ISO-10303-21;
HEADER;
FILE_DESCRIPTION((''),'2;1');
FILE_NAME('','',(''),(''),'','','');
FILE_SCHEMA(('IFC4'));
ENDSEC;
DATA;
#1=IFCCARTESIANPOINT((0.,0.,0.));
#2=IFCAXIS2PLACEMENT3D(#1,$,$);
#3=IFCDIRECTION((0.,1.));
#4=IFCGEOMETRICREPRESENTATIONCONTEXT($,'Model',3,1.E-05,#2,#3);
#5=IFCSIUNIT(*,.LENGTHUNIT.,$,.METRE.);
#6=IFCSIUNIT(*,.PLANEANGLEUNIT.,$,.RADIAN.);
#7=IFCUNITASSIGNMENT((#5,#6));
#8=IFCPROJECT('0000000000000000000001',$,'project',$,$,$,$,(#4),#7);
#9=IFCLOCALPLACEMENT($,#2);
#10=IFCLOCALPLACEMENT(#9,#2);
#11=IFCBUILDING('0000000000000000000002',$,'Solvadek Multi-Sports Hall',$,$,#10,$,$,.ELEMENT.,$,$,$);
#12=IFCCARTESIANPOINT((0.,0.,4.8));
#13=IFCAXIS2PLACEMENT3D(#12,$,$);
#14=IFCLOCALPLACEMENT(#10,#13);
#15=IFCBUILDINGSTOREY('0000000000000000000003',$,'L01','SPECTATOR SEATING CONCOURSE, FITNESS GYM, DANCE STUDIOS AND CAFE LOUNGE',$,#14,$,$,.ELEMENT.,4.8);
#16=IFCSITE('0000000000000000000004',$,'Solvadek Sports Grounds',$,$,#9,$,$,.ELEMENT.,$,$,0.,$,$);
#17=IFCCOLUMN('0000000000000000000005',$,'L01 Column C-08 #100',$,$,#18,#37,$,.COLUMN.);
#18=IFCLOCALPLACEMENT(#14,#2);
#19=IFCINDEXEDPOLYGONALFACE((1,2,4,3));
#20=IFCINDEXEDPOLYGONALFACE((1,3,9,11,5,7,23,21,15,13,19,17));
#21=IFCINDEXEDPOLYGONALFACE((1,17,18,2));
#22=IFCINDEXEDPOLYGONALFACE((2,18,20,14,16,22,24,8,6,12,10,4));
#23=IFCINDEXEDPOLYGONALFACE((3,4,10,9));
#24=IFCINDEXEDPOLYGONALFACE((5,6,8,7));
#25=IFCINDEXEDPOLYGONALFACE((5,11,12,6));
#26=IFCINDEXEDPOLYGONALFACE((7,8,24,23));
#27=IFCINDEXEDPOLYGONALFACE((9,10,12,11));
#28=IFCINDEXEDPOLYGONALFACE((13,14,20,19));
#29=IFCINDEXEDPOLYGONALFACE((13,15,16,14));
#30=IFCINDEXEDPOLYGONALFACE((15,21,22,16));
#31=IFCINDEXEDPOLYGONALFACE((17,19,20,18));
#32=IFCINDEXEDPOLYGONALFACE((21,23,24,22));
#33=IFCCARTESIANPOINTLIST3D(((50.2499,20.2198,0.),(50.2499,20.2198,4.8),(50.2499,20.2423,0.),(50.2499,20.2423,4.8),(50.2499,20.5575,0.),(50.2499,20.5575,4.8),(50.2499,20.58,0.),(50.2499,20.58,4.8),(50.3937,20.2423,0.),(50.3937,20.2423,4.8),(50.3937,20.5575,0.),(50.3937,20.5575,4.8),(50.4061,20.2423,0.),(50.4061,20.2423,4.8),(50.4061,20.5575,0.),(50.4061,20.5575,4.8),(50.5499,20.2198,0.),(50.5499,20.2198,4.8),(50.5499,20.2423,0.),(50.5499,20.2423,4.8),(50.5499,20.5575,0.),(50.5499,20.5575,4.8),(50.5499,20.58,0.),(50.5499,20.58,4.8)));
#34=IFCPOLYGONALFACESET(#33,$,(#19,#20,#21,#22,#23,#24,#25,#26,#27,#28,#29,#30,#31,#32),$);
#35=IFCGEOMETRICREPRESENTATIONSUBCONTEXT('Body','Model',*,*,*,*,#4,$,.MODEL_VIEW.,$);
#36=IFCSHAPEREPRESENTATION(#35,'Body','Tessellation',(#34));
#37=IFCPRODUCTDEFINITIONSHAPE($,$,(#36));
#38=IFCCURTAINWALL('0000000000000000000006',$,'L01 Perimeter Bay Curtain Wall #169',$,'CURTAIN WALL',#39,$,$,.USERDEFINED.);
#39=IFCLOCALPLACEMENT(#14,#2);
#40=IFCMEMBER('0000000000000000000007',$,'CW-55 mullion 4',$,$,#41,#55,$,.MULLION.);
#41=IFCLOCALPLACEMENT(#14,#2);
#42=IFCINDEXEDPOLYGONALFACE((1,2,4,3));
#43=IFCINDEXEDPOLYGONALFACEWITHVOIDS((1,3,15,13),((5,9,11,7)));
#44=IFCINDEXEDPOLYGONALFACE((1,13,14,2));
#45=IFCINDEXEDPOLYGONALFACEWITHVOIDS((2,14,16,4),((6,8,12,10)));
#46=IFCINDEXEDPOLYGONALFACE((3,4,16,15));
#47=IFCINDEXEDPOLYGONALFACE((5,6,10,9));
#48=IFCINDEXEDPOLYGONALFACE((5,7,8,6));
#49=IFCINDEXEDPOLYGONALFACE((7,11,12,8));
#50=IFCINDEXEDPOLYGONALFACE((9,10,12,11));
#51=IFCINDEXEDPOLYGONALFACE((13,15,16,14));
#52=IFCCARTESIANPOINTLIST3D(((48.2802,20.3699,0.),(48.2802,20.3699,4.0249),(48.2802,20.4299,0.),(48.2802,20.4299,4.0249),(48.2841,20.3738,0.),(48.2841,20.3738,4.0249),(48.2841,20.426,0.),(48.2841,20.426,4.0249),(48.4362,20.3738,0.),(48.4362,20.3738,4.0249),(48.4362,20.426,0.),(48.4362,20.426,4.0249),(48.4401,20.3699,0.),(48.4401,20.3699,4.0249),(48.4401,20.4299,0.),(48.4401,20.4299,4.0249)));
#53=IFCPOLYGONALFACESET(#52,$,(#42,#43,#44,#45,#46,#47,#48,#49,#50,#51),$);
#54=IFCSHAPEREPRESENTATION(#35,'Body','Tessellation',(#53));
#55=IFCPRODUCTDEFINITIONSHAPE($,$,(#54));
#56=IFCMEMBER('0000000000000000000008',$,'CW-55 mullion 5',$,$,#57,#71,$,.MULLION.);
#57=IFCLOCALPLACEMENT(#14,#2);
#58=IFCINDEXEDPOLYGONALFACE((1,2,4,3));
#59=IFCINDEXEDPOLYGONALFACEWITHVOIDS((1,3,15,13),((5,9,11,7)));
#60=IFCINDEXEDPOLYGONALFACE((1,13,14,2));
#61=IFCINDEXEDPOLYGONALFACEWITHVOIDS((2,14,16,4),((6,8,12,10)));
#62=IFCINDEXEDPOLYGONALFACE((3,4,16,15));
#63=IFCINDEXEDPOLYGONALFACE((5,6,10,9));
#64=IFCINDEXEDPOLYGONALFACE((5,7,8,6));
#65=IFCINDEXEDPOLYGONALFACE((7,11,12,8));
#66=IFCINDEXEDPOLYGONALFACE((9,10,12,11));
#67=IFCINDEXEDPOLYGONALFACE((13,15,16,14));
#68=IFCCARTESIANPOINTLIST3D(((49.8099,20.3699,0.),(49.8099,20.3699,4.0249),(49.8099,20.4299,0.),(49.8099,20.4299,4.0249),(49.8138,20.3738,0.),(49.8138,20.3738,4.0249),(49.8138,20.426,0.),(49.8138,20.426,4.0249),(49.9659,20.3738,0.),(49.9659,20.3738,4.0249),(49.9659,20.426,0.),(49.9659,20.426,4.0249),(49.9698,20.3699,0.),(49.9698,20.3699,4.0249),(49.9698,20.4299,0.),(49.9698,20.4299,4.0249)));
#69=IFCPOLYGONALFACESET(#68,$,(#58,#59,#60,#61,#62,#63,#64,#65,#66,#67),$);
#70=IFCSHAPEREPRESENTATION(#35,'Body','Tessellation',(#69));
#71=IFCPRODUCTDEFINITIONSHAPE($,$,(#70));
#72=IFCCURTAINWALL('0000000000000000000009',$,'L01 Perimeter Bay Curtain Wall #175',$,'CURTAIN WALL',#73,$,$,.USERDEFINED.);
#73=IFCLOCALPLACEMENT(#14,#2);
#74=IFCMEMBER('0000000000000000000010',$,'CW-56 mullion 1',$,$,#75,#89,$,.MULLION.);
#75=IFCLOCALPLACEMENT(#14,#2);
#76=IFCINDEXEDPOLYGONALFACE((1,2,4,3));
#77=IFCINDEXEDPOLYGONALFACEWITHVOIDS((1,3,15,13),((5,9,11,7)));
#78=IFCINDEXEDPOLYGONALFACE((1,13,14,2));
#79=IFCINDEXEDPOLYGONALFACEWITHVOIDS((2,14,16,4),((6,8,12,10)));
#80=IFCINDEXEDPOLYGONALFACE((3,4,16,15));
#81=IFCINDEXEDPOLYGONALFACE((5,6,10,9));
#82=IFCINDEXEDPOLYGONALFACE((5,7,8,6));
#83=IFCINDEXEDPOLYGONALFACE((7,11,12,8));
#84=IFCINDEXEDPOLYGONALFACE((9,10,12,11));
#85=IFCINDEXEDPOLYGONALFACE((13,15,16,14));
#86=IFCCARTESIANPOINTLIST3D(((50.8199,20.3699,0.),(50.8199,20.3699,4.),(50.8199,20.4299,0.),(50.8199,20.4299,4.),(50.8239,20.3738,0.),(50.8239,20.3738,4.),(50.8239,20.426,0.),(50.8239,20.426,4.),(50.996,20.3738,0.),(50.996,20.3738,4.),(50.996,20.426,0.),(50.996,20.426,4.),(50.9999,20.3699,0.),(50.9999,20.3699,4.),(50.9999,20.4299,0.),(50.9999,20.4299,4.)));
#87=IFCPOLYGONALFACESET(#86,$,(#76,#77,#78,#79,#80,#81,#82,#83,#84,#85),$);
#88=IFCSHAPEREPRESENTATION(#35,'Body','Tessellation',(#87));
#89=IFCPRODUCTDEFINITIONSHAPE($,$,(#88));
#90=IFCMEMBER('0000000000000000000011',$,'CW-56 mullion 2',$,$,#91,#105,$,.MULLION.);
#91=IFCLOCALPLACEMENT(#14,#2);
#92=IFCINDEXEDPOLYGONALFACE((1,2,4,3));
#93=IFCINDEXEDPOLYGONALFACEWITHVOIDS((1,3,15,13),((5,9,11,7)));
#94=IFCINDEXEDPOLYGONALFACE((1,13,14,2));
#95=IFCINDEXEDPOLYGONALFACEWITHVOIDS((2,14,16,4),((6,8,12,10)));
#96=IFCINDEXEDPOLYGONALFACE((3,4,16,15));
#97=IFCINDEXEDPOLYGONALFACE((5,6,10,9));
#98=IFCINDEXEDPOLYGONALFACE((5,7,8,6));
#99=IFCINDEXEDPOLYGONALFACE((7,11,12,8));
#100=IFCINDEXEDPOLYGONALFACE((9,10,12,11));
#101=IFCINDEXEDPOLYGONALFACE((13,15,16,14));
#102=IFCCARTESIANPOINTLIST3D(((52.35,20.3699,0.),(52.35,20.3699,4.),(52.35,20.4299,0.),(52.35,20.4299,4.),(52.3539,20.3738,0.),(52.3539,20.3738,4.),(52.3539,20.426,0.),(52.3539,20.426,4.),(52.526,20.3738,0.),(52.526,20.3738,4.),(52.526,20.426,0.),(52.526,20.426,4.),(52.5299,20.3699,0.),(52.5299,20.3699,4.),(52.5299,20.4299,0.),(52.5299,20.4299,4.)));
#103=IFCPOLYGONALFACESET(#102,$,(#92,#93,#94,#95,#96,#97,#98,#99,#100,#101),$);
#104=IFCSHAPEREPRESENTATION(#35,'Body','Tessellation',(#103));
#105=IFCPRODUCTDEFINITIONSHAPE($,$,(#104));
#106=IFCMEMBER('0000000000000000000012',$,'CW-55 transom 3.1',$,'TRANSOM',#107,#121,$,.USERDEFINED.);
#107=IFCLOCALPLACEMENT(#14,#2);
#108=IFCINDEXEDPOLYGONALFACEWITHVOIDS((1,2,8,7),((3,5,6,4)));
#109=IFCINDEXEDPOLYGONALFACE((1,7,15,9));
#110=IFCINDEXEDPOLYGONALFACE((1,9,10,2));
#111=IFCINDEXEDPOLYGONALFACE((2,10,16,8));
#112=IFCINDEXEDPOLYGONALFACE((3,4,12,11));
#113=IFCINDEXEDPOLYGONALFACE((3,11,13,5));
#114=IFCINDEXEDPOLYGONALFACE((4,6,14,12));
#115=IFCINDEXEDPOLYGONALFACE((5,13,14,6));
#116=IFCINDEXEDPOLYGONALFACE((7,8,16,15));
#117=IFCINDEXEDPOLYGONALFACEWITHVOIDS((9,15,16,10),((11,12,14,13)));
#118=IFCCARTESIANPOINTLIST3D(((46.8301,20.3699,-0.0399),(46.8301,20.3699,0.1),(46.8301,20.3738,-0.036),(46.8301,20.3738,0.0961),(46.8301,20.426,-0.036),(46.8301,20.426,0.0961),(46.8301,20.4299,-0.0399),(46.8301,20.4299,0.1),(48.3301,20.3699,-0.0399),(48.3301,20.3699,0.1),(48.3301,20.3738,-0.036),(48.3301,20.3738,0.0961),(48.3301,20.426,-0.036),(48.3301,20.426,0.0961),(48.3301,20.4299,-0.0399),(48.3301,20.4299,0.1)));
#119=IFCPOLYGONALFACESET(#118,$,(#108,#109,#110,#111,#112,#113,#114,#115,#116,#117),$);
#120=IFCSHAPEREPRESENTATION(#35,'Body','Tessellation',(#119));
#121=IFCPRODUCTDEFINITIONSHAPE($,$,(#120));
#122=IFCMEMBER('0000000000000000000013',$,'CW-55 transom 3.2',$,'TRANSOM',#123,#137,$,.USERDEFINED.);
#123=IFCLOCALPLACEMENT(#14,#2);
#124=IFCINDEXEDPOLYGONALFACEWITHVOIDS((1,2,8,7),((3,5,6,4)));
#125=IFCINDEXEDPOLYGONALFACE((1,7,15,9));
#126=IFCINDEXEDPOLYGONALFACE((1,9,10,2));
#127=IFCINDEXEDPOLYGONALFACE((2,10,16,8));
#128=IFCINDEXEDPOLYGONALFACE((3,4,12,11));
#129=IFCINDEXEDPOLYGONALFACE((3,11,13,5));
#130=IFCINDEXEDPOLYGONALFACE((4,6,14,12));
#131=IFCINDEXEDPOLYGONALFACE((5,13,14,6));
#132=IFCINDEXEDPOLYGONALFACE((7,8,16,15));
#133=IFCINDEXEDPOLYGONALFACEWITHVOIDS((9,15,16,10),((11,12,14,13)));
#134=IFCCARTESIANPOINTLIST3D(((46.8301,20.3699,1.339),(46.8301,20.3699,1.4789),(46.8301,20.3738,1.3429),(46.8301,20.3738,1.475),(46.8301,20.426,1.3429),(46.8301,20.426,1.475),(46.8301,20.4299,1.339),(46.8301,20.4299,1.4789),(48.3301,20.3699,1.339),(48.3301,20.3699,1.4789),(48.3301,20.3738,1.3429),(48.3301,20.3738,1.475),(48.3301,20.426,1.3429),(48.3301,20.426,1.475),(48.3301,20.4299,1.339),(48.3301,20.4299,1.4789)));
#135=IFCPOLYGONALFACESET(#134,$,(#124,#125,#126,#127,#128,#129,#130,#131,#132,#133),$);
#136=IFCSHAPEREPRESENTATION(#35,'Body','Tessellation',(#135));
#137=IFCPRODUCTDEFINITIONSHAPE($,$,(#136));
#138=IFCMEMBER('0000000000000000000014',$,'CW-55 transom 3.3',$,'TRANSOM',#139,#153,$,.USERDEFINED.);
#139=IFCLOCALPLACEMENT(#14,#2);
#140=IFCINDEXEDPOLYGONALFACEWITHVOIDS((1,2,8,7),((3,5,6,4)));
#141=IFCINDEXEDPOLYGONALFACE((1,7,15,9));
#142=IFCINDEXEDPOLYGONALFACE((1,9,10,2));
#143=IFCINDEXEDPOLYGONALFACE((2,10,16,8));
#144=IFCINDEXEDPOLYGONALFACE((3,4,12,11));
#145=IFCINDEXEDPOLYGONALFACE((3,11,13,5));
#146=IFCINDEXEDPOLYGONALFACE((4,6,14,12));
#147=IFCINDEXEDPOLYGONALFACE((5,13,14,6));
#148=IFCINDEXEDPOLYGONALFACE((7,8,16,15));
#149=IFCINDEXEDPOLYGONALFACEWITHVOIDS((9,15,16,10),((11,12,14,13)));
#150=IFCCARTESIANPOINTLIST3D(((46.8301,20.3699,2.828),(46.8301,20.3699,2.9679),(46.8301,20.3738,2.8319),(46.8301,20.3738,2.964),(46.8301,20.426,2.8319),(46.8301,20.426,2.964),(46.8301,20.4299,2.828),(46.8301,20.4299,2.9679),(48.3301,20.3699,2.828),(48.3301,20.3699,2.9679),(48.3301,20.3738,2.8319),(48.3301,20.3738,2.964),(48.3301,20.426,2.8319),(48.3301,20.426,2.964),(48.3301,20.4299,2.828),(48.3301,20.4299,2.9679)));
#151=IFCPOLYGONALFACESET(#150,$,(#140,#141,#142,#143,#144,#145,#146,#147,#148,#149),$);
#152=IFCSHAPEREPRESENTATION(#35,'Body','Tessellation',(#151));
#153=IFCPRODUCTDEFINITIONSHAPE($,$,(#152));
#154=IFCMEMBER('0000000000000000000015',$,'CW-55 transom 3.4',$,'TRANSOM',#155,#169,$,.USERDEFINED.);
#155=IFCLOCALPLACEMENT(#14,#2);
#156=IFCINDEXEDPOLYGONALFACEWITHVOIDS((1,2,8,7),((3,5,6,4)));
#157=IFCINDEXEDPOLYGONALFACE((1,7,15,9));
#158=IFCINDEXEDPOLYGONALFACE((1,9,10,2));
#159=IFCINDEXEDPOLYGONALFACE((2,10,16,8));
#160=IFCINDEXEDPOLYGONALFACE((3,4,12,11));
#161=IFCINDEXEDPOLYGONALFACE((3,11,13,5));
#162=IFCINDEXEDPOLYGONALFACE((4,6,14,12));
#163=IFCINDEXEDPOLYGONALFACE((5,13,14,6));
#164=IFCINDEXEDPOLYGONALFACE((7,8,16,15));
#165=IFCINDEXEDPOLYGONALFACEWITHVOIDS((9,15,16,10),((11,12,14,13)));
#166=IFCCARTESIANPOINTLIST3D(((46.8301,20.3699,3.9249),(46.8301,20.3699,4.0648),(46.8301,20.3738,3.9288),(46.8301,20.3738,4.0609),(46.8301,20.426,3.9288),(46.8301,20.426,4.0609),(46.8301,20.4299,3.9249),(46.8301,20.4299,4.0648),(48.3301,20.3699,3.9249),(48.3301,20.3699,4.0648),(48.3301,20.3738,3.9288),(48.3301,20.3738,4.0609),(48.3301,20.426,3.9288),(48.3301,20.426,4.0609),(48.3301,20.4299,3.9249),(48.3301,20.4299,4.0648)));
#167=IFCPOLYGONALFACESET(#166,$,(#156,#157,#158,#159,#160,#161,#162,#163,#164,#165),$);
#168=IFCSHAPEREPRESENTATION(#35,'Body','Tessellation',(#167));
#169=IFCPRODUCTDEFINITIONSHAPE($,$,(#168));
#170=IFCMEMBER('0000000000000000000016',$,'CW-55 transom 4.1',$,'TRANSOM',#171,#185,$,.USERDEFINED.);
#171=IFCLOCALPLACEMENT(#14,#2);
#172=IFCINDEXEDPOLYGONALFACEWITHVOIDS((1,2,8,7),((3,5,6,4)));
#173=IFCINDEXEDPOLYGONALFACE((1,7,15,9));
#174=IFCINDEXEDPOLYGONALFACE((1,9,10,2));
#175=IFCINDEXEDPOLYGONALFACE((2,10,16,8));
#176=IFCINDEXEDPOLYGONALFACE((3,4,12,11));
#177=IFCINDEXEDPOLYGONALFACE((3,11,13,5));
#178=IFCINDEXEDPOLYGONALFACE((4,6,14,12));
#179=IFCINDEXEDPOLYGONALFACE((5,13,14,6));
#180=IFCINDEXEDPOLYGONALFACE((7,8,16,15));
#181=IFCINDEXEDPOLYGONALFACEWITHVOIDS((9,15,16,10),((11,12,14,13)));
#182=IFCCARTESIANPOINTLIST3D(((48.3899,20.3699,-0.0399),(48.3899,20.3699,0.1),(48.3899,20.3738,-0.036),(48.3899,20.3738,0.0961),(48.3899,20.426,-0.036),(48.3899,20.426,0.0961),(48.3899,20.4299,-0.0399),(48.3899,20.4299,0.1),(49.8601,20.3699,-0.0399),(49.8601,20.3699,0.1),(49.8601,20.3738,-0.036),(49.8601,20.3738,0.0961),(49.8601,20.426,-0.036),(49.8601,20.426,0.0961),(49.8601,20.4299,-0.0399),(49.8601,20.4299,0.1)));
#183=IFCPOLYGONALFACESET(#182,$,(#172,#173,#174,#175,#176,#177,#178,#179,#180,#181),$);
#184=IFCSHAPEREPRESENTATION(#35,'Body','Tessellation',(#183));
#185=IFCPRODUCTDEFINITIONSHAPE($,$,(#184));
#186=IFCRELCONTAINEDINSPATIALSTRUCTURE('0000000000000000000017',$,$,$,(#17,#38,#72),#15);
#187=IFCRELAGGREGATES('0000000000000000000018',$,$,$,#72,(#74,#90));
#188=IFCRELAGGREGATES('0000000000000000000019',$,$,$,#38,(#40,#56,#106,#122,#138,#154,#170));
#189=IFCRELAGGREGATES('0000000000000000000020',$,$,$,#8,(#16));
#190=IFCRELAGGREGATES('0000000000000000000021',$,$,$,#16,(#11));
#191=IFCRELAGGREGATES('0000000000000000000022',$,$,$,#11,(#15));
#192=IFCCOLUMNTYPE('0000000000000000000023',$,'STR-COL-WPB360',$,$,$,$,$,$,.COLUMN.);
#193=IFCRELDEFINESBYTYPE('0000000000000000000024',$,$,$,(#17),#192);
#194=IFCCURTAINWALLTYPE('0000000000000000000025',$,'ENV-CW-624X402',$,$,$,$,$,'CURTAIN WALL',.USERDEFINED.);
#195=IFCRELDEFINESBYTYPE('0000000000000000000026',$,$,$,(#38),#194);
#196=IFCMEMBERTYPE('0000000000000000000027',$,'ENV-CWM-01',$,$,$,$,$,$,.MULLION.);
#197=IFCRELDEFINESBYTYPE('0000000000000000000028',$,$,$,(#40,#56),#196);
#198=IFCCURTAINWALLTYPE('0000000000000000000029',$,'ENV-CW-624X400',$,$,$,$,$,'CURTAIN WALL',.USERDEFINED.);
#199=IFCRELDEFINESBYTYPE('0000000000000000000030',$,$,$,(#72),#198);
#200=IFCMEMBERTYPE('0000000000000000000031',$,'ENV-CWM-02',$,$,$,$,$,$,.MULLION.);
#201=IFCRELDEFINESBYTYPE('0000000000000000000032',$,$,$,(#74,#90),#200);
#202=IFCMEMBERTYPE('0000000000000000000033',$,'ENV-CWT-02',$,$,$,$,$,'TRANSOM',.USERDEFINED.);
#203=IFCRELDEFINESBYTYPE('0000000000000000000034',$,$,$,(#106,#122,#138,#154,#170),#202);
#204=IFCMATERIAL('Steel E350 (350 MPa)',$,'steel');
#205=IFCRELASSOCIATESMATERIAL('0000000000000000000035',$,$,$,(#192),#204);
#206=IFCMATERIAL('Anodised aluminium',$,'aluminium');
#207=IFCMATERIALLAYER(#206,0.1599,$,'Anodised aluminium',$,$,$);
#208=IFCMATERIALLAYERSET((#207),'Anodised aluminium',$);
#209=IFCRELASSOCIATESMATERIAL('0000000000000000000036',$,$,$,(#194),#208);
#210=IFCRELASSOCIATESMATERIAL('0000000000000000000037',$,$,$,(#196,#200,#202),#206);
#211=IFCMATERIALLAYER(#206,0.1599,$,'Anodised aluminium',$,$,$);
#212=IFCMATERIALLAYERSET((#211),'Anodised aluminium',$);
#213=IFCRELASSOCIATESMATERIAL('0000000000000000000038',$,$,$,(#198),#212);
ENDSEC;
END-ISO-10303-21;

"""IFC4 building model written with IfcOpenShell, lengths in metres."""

from ifc_helpers import new_model, si_unit, direction, frame, origin, origin_2d, place, context, subcontext, project, spatial, hollow_rectangle, i_section, extrude, material, layer, layer_set, material_profile, profile_set, type_object, element, aggregate, save


model = new_model("IFC4")

# Units and contexts
model_context = context("Model", 3, precision=1e-05, world=origin(), true_north=direction((0.0, 1.0)))
body_context = subcontext(model_context, "Body", "Model", "MODEL_VIEW")
ifc_project = project(units=[si_unit("LENGTHUNIT", "METRE"), si_unit("PLANEANGLEUNIT", "RADIAN")], contexts=[model_context])

# Site, building, storey
site_placement = place(None, origin())
site = spatial("IfcSite", under=ifc_project, at=site_placement, Name="Solvadek Sports Grounds", CompositionType="ELEMENT", RefElevation=0.0)
building_placement = place(site_placement, origin())
building = spatial("IfcBuilding", under=site, at=building_placement, Name="Solvadek Multi-Sports Hall", CompositionType="ELEMENT")
storey_placement = place(building_placement, frame((0.0, 0.0, 4.8)))
storey = spatial("IfcBuildingStorey", under=building, at=storey_placement, Name="L01", Description="SPECTATOR SEATING CONCOURSE, FITNESS GYM, DANCE STUDIOS AND CAFE LOUNGE", CompositionType="ELEMENT", Elevation=4.8)

# Column
ifc_material_1 = material(Name="Steel E350 (350 MPa)", Category="steel")
ifc_material_profile_1 = material_profile(ifc_material_1, i_section(OverallWidth=0.3, OverallDepth=0.3601, WebThickness=0.0125, FlangeThickness=0.0225, at=origin_2d()), Name="WPB 360")
ifc_profile_set_1 = profile_set([ifc_material_profile_1], Name="Steel E350 (350 MPa)")
column_type = type_object("IfcColumnType", Name="STR-COL-WPB360", PredefinedType="COLUMN", material=ifc_profile_set_1)
column_placement = place(storey_placement, frame((50.3999, 20.3999, 0.0), z_axis=(0.0, 0.0, 1.0), x_axis=(1.0, 0.0, 0.0)))
element("IfcColumn", 1, at=column_placement, inside=storey, type_object=column_type, Name="L01 Column C-08 #100", PredefinedType="COLUMN", context=body_context, shape_type="SweptSolid", body=[
    extrude(i_section(OverallWidth=0.3, OverallDepth=0.3601, WebThickness=0.0125, FlangeThickness=0.0225, at=origin_2d()), origin(), (0.0, 0.0, 1.0), 4.8),
])

# Curtain walls, members
ifc_material_2 = material(Name="Anodised aluminium", Category="aluminium")
ifc_layer_1 = layer(ifc_material_2, 0.1599, Name="Anodised aluminium")
ifc_layer_set_1 = layer_set([ifc_layer_1], Name="Anodised aluminium")
curtain_wall_type_1 = type_object("IfcCurtainWallType", Name="ENV-CW-624X402", ElementType="CURTAIN WALL", PredefinedType="USERDEFINED", material=ifc_layer_set_1)
curtain_wall_1_placement = place(storey_placement, origin())
curtain_wall_1 = element("IfcCurtainWall", 2, at=curtain_wall_1_placement, inside=storey, type_object=curtain_wall_type_1, Name="L01 Perimeter Bay Curtain Wall #169", ObjectType="CURTAIN WALL", PredefinedType="USERDEFINED")
ifc_material_profile_2 = material_profile(ifc_material_2, hollow_rectangle(XDim=0.0601, YDim=0.1599, WallThickness=0.0039, at=origin_2d()), Name="ALU-M 160x60x4")
ifc_profile_set_2 = profile_set([ifc_material_profile_2], Name="Anodised aluminium")
member_type_1 = type_object("IfcMemberType", Name="ENV-CWM-01", PredefinedType="MULLION", material=ifc_profile_set_2)
member_1_placement = place(storey_placement, frame((48.3601, 20.3999, 0.0), z_axis=(0.0, 0.0, 1.0), x_axis=(0.0, 1.0, 0.0)))
member_1 = element("IfcMember", 3, at=member_1_placement, type_object=member_type_1, Name="CW-55 mullion 4", PredefinedType="MULLION", context=body_context, shape_type="SweptSolid", body=[
    extrude(hollow_rectangle(XDim=0.0601, YDim=0.1599, WallThickness=0.0039, at=origin_2d()), origin(), (0.0, 0.0, 1.0), 4.0249),
])
member_2_placement = place(storey_placement, frame((49.8899, 20.3999, 0.0), z_axis=(0.0, 0.0, 1.0), x_axis=(0.0, 1.0, 0.0)))
member_2 = element("IfcMember", 4, at=member_2_placement, type_object=member_type_1, Name="CW-55 mullion 5", PredefinedType="MULLION", context=body_context, shape_type="SweptSolid", body=[
    extrude(hollow_rectangle(XDim=0.0601, YDim=0.1599, WallThickness=0.0039, at=origin_2d()), origin(), (0.0, 0.0, 1.0), 4.0249),
])
ifc_layer_2 = layer(ifc_material_2, 0.1599, Name="Anodised aluminium")
ifc_layer_set_2 = layer_set([ifc_layer_2], Name="Anodised aluminium")
curtain_wall_type_2 = type_object("IfcCurtainWallType", Name="ENV-CW-624X400", ElementType="CURTAIN WALL", PredefinedType="USERDEFINED", material=ifc_layer_set_2)
curtain_wall_2_placement = place(storey_placement, origin())
curtain_wall_2 = element("IfcCurtainWall", 5, at=curtain_wall_2_placement, inside=storey, type_object=curtain_wall_type_2, Name="L01 Perimeter Bay Curtain Wall #175", ObjectType="CURTAIN WALL", PredefinedType="USERDEFINED")
ifc_material_profile_3 = material_profile(ifc_material_2, hollow_rectangle(XDim=0.0601, YDim=0.1799, WallThickness=0.0039, at=origin_2d()), Name="ALU-M 180x60x4")
ifc_profile_set_3 = profile_set([ifc_material_profile_3], Name="Anodised aluminium")
member_type_2 = type_object("IfcMemberType", Name="ENV-CWM-02", PredefinedType="MULLION", material=ifc_profile_set_3)
member_3_placement = place(storey_placement, frame((50.9099, 20.3999, 0.0), z_axis=(0.0, 0.0, 1.0), x_axis=(0.0, 1.0, 0.0)))
member_3 = element("IfcMember", 6, at=member_3_placement, type_object=member_type_2, Name="CW-56 mullion 1", PredefinedType="MULLION", context=body_context, shape_type="SweptSolid", body=[
    extrude(hollow_rectangle(XDim=0.0601, YDim=0.1799, WallThickness=0.0039, at=origin_2d()), origin(), (0.0, 0.0, 1.0), 4.0),
])
member_4_placement = place(storey_placement, frame((52.4399, 20.3999, 0.0), z_axis=(0.0, 0.0, 1.0), x_axis=(0.0, 1.0, 0.0)))
member_4 = element("IfcMember", 7, at=member_4_placement, type_object=member_type_2, Name="CW-56 mullion 2", PredefinedType="MULLION", context=body_context, shape_type="SweptSolid", body=[
    extrude(hollow_rectangle(XDim=0.0601, YDim=0.1799, WallThickness=0.0039, at=origin_2d()), origin(), (0.0, 0.0, 1.0), 4.0),
])

# Members
ifc_material_profile_4 = material_profile(ifc_material_2, hollow_rectangle(XDim=0.0601, YDim=0.1399, WallThickness=0.0039, at=origin_2d()), Name="ALU-T 140x60x4")
ifc_profile_set_4 = profile_set([ifc_material_profile_4], Name="Anodised aluminium")
member_type_3 = type_object("IfcMemberType", Name="ENV-CWT-02", ElementType="TRANSOM", PredefinedType="USERDEFINED", material=ifc_profile_set_4)
member_5_placement = place(storey_placement, frame((46.8301, 20.3999, 0.03), z_axis=(1.0, 0.0, 0.0), x_axis=(0.0, 1.0, 0.0)))
member_5 = element("IfcMember", 8, at=member_5_placement, type_object=member_type_3, Name="CW-55 transom 3.1", ObjectType="TRANSOM", PredefinedType="USERDEFINED", context=body_context, shape_type="SweptSolid", body=[
    extrude(hollow_rectangle(XDim=0.0601, YDim=0.1399, WallThickness=0.0039, at=origin_2d()), origin(), (0.0, 0.0, 1.0), 1.5),
])
member_6_placement = place(storey_placement, frame((46.8301, 20.3999, 1.4089), z_axis=(1.0, 0.0, 0.0), x_axis=(0.0, 1.0, 0.0)))
member_6 = element("IfcMember", 9, at=member_6_placement, type_object=member_type_3, Name="CW-55 transom 3.2", ObjectType="TRANSOM", PredefinedType="USERDEFINED", context=body_context, shape_type="SweptSolid", body=[
    extrude(hollow_rectangle(XDim=0.0601, YDim=0.1399, WallThickness=0.0039, at=origin_2d()), origin(), (0.0, 0.0, 1.0), 1.5),
])
member_7_placement = place(storey_placement, frame((46.8301, 20.3999, 2.8979), z_axis=(1.0, 0.0, 0.0), x_axis=(0.0, 1.0, 0.0)))
member_7 = element("IfcMember", 10, at=member_7_placement, type_object=member_type_3, Name="CW-55 transom 3.3", ObjectType="TRANSOM", PredefinedType="USERDEFINED", context=body_context, shape_type="SweptSolid", body=[
    extrude(hollow_rectangle(XDim=0.0601, YDim=0.1399, WallThickness=0.0039, at=origin_2d()), origin(), (0.0, 0.0, 1.0), 1.5),
])
member_8_placement = place(storey_placement, frame((46.8301, 20.3999, 3.9949), z_axis=(1.0, 0.0, 0.0), x_axis=(0.0, 1.0, 0.0)))
member_8 = element("IfcMember", 11, at=member_8_placement, type_object=member_type_3, Name="CW-55 transom 3.4", ObjectType="TRANSOM", PredefinedType="USERDEFINED", context=body_context, shape_type="SweptSolid", body=[
    extrude(hollow_rectangle(XDim=0.0601, YDim=0.1399, WallThickness=0.0039, at=origin_2d()), origin(), (0.0, 0.0, 1.0), 1.5),
])
member_9_placement = place(storey_placement, frame((48.3899, 20.3999, 0.03), z_axis=(1.0, 0.0, 0.0), x_axis=(0.0, 1.0, 0.0)))
member_9 = element("IfcMember", 12, at=member_9_placement, type_object=member_type_3, Name="CW-55 transom 4.1", ObjectType="TRANSOM", PredefinedType="USERDEFINED", context=body_context, shape_type="SweptSolid", body=[
    extrude(hollow_rectangle(XDim=0.0601, YDim=0.1399, WallThickness=0.0039, at=origin_2d()), origin(), (0.0, 0.0, 1.0), 1.4702),
])

aggregate(curtain_wall_2, [member_3, member_4])
aggregate(curtain_wall_1, [member_1, member_2, member_5, member_6, member_7, member_8, member_9])

save(model, "model.ifc")
